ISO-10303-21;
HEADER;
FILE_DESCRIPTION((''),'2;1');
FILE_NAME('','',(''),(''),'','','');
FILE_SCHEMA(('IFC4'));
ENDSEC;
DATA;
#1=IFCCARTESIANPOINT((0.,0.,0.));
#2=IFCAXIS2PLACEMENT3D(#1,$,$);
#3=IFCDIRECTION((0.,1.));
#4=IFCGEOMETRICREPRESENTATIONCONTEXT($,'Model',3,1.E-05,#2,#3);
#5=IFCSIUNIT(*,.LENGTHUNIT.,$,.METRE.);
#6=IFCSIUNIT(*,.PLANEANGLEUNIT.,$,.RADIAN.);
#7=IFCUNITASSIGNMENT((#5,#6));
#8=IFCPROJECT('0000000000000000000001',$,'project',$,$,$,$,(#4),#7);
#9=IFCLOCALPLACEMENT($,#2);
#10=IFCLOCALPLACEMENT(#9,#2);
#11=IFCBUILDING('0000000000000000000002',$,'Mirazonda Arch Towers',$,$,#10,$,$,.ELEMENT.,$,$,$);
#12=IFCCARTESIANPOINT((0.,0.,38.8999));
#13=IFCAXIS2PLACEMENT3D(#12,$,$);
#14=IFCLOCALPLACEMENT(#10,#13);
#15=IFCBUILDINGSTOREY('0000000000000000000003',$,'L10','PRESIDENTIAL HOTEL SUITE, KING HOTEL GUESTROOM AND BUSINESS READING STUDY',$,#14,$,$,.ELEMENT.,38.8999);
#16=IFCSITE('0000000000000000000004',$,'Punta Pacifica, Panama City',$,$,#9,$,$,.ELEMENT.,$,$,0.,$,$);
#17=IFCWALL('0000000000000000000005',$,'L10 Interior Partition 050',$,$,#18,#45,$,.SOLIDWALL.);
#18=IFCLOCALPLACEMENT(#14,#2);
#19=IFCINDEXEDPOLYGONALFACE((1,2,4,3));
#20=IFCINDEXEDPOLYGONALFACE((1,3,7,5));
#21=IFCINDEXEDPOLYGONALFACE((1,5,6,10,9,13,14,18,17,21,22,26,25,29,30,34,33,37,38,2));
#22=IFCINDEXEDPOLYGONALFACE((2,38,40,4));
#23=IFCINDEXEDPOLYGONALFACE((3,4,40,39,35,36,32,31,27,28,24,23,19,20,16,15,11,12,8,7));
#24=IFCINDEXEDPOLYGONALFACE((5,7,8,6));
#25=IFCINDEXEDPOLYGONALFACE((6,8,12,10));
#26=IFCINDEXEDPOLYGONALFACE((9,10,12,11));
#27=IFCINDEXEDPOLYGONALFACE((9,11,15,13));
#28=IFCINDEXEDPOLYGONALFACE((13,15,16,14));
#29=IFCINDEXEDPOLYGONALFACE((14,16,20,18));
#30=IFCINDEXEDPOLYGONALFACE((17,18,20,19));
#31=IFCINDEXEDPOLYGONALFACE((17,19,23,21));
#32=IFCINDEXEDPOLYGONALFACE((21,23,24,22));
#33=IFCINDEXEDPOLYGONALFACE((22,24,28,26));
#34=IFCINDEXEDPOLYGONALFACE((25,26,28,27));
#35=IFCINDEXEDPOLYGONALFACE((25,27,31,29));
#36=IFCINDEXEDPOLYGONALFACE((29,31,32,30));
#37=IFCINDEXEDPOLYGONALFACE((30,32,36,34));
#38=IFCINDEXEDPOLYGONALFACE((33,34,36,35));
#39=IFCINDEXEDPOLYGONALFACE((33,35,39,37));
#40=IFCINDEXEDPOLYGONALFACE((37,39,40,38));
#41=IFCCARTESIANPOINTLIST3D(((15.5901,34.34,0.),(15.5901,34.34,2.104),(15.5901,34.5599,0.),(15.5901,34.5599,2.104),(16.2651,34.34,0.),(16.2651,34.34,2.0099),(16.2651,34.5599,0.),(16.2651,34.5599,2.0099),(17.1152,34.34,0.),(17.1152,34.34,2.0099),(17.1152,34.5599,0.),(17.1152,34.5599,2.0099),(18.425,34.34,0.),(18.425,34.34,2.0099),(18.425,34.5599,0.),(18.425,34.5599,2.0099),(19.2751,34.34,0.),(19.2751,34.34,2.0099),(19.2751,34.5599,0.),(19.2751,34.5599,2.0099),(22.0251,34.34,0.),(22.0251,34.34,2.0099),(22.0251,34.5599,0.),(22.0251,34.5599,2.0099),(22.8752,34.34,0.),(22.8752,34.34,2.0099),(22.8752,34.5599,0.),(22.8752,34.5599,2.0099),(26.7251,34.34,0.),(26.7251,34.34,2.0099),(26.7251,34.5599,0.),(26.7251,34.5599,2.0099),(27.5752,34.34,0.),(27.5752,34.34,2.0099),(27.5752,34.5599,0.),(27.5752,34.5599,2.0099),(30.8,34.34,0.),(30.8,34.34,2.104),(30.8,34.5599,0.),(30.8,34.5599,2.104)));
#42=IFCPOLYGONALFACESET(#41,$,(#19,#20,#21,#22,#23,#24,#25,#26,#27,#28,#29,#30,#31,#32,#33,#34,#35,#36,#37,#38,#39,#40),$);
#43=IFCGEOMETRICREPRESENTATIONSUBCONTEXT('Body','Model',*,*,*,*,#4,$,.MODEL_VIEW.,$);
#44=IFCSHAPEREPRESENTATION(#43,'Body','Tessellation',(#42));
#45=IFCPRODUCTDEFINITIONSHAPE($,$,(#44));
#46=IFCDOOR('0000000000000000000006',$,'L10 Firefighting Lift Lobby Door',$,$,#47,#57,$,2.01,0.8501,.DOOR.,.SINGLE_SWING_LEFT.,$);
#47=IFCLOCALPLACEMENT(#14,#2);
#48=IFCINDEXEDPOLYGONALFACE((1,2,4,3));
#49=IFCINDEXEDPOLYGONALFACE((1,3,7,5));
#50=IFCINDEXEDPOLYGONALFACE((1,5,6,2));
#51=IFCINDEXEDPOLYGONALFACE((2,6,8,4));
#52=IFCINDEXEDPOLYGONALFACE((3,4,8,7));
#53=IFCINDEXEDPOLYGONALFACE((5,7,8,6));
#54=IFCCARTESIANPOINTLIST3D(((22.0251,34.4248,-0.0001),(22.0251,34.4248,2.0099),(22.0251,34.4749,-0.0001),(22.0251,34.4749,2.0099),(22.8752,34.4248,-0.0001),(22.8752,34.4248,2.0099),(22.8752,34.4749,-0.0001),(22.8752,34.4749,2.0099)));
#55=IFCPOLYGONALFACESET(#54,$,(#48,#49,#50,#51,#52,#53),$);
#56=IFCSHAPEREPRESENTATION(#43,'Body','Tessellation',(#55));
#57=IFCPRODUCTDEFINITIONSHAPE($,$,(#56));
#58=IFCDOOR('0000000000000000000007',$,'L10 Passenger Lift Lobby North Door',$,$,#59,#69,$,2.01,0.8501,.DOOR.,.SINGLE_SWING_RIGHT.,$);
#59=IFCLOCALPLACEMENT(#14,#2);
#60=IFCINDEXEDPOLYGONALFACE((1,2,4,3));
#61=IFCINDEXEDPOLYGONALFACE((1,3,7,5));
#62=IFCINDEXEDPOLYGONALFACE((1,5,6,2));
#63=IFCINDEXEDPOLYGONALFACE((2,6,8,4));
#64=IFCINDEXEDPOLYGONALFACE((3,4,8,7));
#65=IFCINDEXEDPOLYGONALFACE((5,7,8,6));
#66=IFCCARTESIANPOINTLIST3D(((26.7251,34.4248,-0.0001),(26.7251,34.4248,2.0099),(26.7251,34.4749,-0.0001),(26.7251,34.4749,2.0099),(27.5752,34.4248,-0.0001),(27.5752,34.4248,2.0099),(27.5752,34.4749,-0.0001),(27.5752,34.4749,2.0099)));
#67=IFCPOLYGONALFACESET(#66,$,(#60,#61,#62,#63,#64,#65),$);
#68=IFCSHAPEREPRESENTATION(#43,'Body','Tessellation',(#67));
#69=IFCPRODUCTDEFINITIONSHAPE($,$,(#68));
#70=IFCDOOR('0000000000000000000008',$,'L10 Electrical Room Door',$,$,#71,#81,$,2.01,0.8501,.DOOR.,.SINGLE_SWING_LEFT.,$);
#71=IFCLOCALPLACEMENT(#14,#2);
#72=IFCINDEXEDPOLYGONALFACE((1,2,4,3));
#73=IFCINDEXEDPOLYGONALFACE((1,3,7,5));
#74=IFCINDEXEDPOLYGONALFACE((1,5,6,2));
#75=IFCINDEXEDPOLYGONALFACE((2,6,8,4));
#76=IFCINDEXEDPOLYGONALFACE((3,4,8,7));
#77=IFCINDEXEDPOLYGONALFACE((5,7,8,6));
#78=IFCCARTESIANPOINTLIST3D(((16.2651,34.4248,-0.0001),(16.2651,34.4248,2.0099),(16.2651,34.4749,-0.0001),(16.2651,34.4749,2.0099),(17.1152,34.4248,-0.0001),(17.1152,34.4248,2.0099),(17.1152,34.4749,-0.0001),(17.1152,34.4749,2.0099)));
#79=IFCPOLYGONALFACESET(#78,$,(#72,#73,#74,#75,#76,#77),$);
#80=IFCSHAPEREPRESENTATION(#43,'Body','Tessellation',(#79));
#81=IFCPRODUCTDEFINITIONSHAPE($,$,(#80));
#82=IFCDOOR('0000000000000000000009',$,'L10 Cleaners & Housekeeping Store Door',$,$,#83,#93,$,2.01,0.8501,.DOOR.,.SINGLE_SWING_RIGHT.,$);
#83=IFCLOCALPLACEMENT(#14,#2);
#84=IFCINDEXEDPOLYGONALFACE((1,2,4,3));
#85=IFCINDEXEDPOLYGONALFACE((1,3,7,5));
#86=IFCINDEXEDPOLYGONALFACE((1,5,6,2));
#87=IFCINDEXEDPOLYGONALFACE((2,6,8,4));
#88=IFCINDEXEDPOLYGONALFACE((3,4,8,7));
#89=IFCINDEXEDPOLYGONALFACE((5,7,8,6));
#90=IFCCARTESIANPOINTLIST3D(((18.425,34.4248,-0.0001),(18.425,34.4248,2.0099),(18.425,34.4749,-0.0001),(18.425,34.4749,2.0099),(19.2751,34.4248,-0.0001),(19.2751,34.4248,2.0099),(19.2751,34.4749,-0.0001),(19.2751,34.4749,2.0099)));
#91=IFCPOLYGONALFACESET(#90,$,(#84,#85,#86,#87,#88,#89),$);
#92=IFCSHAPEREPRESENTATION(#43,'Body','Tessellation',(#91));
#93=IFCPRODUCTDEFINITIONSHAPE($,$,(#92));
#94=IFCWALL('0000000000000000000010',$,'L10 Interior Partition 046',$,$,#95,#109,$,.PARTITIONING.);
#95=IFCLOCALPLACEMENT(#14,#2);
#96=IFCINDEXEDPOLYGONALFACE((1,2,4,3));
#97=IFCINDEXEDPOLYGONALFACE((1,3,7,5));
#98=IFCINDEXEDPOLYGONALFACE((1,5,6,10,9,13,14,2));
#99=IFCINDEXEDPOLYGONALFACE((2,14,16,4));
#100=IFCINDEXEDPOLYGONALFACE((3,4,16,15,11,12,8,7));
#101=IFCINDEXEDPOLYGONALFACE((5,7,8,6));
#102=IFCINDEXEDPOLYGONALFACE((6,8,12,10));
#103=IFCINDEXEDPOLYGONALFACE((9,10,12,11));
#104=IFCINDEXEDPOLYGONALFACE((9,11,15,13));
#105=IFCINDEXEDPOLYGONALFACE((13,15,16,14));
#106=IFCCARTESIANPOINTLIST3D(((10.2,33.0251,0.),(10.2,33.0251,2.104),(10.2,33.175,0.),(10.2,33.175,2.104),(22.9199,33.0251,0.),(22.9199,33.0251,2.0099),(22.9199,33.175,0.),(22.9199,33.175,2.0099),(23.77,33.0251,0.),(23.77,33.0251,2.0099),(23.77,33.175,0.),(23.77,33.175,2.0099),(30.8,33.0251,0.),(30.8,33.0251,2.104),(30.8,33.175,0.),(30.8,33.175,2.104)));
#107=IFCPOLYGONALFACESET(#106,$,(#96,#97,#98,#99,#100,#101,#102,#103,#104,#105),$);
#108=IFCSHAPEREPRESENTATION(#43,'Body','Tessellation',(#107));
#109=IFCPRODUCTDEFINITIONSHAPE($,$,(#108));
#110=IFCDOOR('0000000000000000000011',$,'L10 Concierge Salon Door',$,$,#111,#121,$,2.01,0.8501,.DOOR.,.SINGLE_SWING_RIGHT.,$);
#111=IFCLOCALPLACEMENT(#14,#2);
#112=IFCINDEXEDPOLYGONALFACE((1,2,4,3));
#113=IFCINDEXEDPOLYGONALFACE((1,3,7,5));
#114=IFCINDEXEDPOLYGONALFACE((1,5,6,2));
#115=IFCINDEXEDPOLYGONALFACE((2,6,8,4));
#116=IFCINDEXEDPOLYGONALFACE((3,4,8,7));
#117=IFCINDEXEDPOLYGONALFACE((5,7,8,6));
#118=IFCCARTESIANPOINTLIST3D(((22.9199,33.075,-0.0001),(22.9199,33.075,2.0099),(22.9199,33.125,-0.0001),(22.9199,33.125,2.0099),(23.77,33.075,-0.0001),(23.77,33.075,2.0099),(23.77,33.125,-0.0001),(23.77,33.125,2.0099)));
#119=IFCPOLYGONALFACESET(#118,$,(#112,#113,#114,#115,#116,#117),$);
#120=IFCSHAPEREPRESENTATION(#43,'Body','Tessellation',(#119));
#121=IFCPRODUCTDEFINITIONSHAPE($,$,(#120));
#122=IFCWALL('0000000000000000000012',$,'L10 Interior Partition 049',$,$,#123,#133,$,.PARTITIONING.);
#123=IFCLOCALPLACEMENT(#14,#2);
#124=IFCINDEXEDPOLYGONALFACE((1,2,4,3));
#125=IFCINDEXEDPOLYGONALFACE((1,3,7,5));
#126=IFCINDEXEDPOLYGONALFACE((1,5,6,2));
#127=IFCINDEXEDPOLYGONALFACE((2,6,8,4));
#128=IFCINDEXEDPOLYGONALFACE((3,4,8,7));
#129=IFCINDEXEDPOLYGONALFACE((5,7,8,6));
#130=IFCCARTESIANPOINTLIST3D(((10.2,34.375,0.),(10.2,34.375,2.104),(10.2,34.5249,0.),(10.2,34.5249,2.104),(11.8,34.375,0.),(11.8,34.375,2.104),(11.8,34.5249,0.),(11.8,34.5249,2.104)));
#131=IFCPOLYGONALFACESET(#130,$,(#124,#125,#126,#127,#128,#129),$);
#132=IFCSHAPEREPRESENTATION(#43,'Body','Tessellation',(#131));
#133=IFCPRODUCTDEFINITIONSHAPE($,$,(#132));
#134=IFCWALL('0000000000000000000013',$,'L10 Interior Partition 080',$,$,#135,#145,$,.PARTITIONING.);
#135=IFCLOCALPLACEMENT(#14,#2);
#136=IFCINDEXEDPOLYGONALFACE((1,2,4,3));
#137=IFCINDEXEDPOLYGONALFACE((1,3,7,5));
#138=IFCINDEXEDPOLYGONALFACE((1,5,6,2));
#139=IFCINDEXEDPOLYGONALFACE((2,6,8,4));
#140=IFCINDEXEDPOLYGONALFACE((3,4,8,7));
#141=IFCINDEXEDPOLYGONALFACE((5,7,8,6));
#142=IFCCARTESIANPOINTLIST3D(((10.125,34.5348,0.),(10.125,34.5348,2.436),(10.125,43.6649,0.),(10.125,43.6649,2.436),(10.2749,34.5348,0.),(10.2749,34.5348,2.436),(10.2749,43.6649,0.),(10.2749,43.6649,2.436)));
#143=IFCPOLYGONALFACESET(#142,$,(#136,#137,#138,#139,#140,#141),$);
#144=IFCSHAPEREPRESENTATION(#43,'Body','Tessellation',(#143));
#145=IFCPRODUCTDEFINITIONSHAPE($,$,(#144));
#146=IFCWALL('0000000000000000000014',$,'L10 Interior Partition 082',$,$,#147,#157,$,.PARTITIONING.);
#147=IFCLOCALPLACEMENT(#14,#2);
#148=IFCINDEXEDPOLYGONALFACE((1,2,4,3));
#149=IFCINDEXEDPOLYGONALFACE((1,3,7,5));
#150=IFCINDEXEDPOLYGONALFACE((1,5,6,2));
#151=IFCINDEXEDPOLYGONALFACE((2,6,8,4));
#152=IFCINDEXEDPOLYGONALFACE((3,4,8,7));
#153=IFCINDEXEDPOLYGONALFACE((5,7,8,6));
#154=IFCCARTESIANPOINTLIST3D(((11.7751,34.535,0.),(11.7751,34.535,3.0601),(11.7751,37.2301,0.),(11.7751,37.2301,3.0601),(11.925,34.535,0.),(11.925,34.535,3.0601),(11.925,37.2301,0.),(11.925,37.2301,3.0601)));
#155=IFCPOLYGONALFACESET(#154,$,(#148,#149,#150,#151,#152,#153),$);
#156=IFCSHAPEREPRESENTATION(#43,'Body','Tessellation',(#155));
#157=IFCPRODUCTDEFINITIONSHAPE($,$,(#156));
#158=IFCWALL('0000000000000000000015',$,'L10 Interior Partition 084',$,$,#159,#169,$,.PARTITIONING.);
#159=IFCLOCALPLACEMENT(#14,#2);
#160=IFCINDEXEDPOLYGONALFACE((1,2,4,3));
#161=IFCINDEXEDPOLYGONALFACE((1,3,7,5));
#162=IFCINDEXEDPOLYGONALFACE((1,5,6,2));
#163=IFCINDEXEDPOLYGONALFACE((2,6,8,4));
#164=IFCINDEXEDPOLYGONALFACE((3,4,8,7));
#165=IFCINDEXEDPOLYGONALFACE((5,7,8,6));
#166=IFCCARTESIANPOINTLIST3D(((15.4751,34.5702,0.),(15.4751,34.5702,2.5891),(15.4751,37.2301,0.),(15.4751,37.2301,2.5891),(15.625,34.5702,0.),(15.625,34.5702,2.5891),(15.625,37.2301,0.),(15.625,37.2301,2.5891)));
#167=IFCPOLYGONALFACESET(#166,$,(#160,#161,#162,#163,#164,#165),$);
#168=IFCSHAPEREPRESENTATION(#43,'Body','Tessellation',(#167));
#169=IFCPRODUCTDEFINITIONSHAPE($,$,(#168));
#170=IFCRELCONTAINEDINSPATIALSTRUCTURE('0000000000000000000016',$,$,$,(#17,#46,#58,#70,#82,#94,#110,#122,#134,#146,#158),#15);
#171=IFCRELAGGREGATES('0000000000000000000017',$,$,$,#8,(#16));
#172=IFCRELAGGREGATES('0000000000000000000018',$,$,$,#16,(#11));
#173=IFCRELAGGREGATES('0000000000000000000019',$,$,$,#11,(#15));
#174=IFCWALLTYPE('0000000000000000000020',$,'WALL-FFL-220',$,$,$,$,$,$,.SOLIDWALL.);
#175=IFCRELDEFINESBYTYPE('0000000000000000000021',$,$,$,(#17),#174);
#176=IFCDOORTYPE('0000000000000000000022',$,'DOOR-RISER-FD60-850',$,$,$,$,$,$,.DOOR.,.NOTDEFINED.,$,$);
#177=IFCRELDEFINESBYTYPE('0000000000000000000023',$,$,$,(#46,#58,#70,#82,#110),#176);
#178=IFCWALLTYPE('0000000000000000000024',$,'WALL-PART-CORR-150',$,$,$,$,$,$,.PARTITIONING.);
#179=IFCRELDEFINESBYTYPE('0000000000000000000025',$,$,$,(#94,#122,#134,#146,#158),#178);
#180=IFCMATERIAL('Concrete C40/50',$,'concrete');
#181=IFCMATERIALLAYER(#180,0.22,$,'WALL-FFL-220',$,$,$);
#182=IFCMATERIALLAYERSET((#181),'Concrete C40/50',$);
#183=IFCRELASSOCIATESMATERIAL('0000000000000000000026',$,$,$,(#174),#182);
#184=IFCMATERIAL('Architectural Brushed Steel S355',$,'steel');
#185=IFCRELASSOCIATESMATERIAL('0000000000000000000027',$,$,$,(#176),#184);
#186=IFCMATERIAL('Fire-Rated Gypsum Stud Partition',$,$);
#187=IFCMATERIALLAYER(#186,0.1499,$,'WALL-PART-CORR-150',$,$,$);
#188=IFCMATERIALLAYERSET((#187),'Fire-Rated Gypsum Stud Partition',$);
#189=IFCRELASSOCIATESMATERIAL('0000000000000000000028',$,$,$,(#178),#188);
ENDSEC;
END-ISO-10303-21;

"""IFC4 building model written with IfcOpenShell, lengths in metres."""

from ifc_helpers import new_model, si_unit, direction, frame, frame_2d, origin, place, context, subcontext, project, spatial, rectangle, extrude, material, layer, layer_set, type_object, element, fill, save


model = new_model("IFC4")

# Units and contexts
model_context = context("Model", 3, precision=1e-05, world=origin(), true_north=direction((0.0, 1.0)))
body_context = subcontext(model_context, "Body", "Model", "MODEL_VIEW")
ifc_project = project(units=[si_unit("LENGTHUNIT", "METRE"), si_unit("PLANEANGLEUNIT", "RADIAN")], contexts=[model_context])

# Site, building, storey
site_placement = place(None, origin())
site = spatial("IfcSite", under=ifc_project, at=site_placement, Name="Punta Pacifica, Panama City", CompositionType="ELEMENT", RefElevation=0.0)
building_placement = place(site_placement, origin())
building = spatial("IfcBuilding", under=site, at=building_placement, Name="Mirazonda Arch Towers", CompositionType="ELEMENT")
storey_placement = place(building_placement, frame((0.0, 0.0, 38.8999)))
storey = spatial("IfcBuildingStorey", under=building, at=storey_placement, Name="L10", Description="PRESIDENTIAL HOTEL SUITE, KING HOTEL GUESTROOM AND BUSINESS READING STUDY", CompositionType="ELEMENT", Elevation=38.8999)

# Wall, openings, doors
ifc_material_1 = material(Name="Architectural Brushed Steel S355", Category="steel")
ifc_material_2 = material(Name="Concrete C40/50", Category="concrete")
ifc_layer_1 = layer(ifc_material_2, 0.22, Name="WALL-FFL-220")
ifc_layer_set_1 = layer_set([ifc_layer_1], Name="Concrete C40/50")
wall_type_1 = type_object("IfcWallType", Name="WALL-FFL-220", PredefinedType="SOLIDWALL", material=ifc_layer_set_1)
wall_1_placement = place(storey_placement, frame((15.5901, 34.45, 0.0), z_axis=(0.0, 0.0, 1.0), x_axis=(1.0, 0.0, 0.0)))
wall_1 = element("IfcWall", 1, at=wall_1_placement, inside=storey, type_object=wall_type_1, Name="L10 Interior Partition 050", PredefinedType="SOLIDWALL", context=body_context, shape_type="SweptSolid", body=[
    extrude(rectangle(XDim=15.21, YDim=0.22, at=frame_2d((7.605, 0.0))), origin(), (0.0, 0.0, 1.0), 2.104),
])
opening_1_placement = place(wall_1_placement, frame((6.4351, 0.0, 0.0)))
opening_1 = element("IfcOpeningElement", 2, at=opening_1_placement, cuts=wall_1, PredefinedType="OPENING", context=body_context, shape_type="SweptSolid", body=[
    extrude(rectangle(XDim=0.8501, YDim=2.01, at=frame_2d((0.425, 1.0049))), frame((0.0, 0.1199, 0.0), z_axis=(0.0, -1.0, 0.0), x_axis=(1.0, 0.0, 0.0)), (0.0, 0.0, 1.0), 0.24),
])
opening_2_placement = place(wall_1_placement, frame((11.135, 0.0, 0.0)))
opening_2 = element("IfcOpeningElement", 3, at=opening_2_placement, cuts=wall_1, PredefinedType="OPENING", context=body_context, shape_type="SweptSolid", body=[
    extrude(rectangle(XDim=0.8501, YDim=2.01, at=frame_2d((0.425, 1.0049))), frame((0.0, 0.1199, 0.0), z_axis=(0.0, -1.0, 0.0), x_axis=(1.0, 0.0, 0.0)), (0.0, 0.0, 1.0), 0.24),
])
opening_3_placement = place(wall_1_placement, frame((0.675, 0.0, 0.0)))
opening_3 = element("IfcOpeningElement", 4, at=opening_3_placement, cuts=wall_1, PredefinedType="OPENING", context=body_context, shape_type="SweptSolid", body=[
    extrude(rectangle(XDim=0.8501, YDim=2.01, at=frame_2d((0.425, 1.0049))), frame((0.0, 0.1199, 0.0), z_axis=(0.0, -1.0, 0.0), x_axis=(1.0, 0.0, 0.0)), (0.0, 0.0, 1.0), 0.24),
])
opening_4_placement = place(wall_1_placement, frame((2.835, 0.0, 0.0)))
opening_4 = element("IfcOpeningElement", 5, at=opening_4_placement, cuts=wall_1, PredefinedType="OPENING", context=body_context, shape_type="SweptSolid", body=[
    extrude(rectangle(XDim=0.8501, YDim=2.01, at=frame_2d((0.425, 1.0049))), frame((0.0, 0.1199, 0.0), z_axis=(0.0, -1.0, 0.0), x_axis=(1.0, 0.0, 0.0)), (0.0, 0.0, 1.0), 0.24),
])
door_type_1 = type_object("IfcDoorType", Name="DOOR-RISER-FD60-850", OperationType="NOTDEFINED", PredefinedType="DOOR", material=ifc_material_1)
door_1_placement = place(opening_1_placement, origin())
door_1 = element("IfcDoor", 6, at=door_1_placement, inside=storey, type_object=door_type_1, Name="L10 Firefighting Lift Lobby Door", OperationType="SINGLE_SWING_LEFT", OverallHeight=2.01, OverallWidth=0.8501, PredefinedType="DOOR", context=body_context, shape_type="SweptSolid", body=[
    extrude(rectangle(XDim=0.8501, YDim=2.01, at=frame_2d((0.425, 1.0049))), frame((0.0, 0.0249, 0.0), z_axis=(0.0, -1.0, 0.0), x_axis=(1.0, 0.0, 0.0)), (0.0, 0.0, 1.0), 0.05),
])
fill(opening_1, door_1)
door_2_placement = place(opening_2_placement, origin())
door_2 = element("IfcDoor", 7, at=door_2_placement, inside=storey, type_object=door_type_1, Name="L10 Passenger Lift Lobby North Door", OperationType="SINGLE_SWING_RIGHT", OverallHeight=2.01, OverallWidth=0.8501, PredefinedType="DOOR", context=body_context, shape_type="SweptSolid", body=[
    extrude(rectangle(XDim=0.8501, YDim=2.01, at=frame_2d((0.425, 1.0049))), frame((0.0, 0.0249, 0.0), z_axis=(0.0, -1.0, 0.0), x_axis=(1.0, 0.0, 0.0)), (0.0, 0.0, 1.0), 0.05),
])
fill(opening_2, door_2)
door_3_placement = place(opening_3_placement, origin())
door_3 = element("IfcDoor", 8, at=door_3_placement, inside=storey, type_object=door_type_1, Name="L10 Electrical Room Door", OperationType="SINGLE_SWING_LEFT", OverallHeight=2.01, OverallWidth=0.8501, PredefinedType="DOOR", context=body_context, shape_type="SweptSolid", body=[
    extrude(rectangle(XDim=0.8501, YDim=2.01, at=frame_2d((0.425, 1.0049))), frame((0.0, 0.0249, 0.0), z_axis=(0.0, -1.0, 0.0), x_axis=(1.0, 0.0, 0.0)), (0.0, 0.0, 1.0), 0.05),
])
fill(opening_3, door_3)
door_4_placement = place(opening_4_placement, origin())
door_4 = element("IfcDoor", 9, at=door_4_placement, inside=storey, type_object=door_type_1, Name="L10 Cleaners & Housekeeping Store Door", OperationType="SINGLE_SWING_RIGHT", OverallHeight=2.01, OverallWidth=0.8501, PredefinedType="DOOR", context=body_context, shape_type="SweptSolid", body=[
    extrude(rectangle(XDim=0.8501, YDim=2.01, at=frame_2d((0.425, 1.0049))), frame((0.0, 0.0249, 0.0), z_axis=(0.0, -1.0, 0.0), x_axis=(1.0, 0.0, 0.0)), (0.0, 0.0, 1.0), 0.05),
])
fill(opening_4, door_4)

# Wall, opening, door
ifc_material_3 = material(Name="Fire-Rated Gypsum Stud Partition")
ifc_layer_2 = layer(ifc_material_3, 0.1499, Name="WALL-PART-CORR-150")
ifc_layer_set_2 = layer_set([ifc_layer_2], Name="Fire-Rated Gypsum Stud Partition")
wall_type_2 = type_object("IfcWallType", Name="WALL-PART-CORR-150", PredefinedType="PARTITIONING", material=ifc_layer_set_2)
wall_2_placement = place(storey_placement, frame((10.2, 33.1001, 0.0), z_axis=(0.0, 0.0, 1.0), x_axis=(1.0, 0.0, 0.0)))
wall_2 = element("IfcWall", 10, at=wall_2_placement, inside=storey, type_object=wall_type_2, Name="L10 Interior Partition 046", PredefinedType="PARTITIONING", context=body_context, shape_type="SweptSolid", body=[
    extrude(rectangle(XDim=20.6001, YDim=0.1499, at=frame_2d((10.3, 0.0))), origin(), (0.0, 0.0, 1.0), 2.104),
])
opening_5_placement = place(wall_2_placement, frame((12.72, 0.0, 0.0)))
opening_5 = element("IfcOpeningElement", 11, at=opening_5_placement, cuts=wall_2, PredefinedType="OPENING", context=body_context, shape_type="SweptSolid", body=[
    extrude(rectangle(XDim=0.8501, YDim=2.01, at=frame_2d((0.425, 1.0049))), frame((0.0, 0.085, 0.0), z_axis=(0.0, -1.0, 0.0), x_axis=(1.0, 0.0, 0.0)), (0.0, 0.0, 1.0), 0.1699),
])
door_5_placement = place(opening_5_placement, origin())
door_5 = element("IfcDoor", 12, at=door_5_placement, inside=storey, type_object=door_type_1, Name="L10 Concierge Salon Door", OperationType="SINGLE_SWING_RIGHT", OverallHeight=2.01, OverallWidth=0.8501, PredefinedType="DOOR", context=body_context, shape_type="SweptSolid", body=[
    extrude(rectangle(XDim=0.8501, YDim=2.01, at=frame_2d((0.425, 1.0049))), frame((0.0, 0.0249, 0.0), z_axis=(0.0, -1.0, 0.0), x_axis=(1.0, 0.0, 0.0)), (0.0, 0.0, 1.0), 0.05),
])
fill(opening_5, door_5)

# Walls
wall_3_placement = place(storey_placement, frame((10.2, 34.45, 0.0), z_axis=(0.0, 0.0, 1.0), x_axis=(1.0, 0.0, 0.0)))
element("IfcWall", 13, at=wall_3_placement, inside=storey, type_object=wall_type_2, Name="L10 Interior Partition 049", PredefinedType="PARTITIONING", context=body_context, shape_type="SweptSolid", body=[
    extrude(rectangle(XDim=1.6001, YDim=0.1499, at=frame_2d((0.8, 0.0))), origin(), (0.0, 0.0, 1.0), 2.104),
])
wall_4_placement = place(storey_placement, frame((10.2, 34.5349, 0.0), z_axis=(0.0, 0.0, 1.0), x_axis=(0.0, 1.0, 0.0)))
element("IfcWall", 14, at=wall_4_placement, inside=storey, type_object=wall_type_2, Name="L10 Interior Partition 080", PredefinedType="PARTITIONING", context=body_context, shape_type="SweptSolid", body=[
    extrude(rectangle(XDim=9.1301, YDim=0.1499, at=frame_2d((4.5649, 0.0))), origin(), (0.0, 0.0, 1.0), 2.436),
])
wall_5_placement = place(storey_placement, frame((11.8501, 34.5349, 0.0), z_axis=(0.0, 0.0, 1.0), x_axis=(0.0, 1.0, 0.0)))
element("IfcWall", 15, at=wall_5_placement, inside=storey, type_object=wall_type_2, Name="L10 Interior Partition 082", PredefinedType="PARTITIONING", context=body_context, shape_type="SweptSolid", body=[
    extrude(rectangle(XDim=2.6951, YDim=0.1499, at=frame_2d((1.3477, 0.0))), origin(), (0.0, 0.0, 1.0), 3.0601),
])
wall_6_placement = place(storey_placement, frame((15.55, 34.5701, 0.0), z_axis=(0.0, 0.0, 1.0), x_axis=(0.0, 1.0, 0.0)))
element("IfcWall", 16, at=wall_6_placement, inside=storey, type_object=wall_type_2, Name="L10 Interior Partition 084", PredefinedType="PARTITIONING", context=body_context, shape_type="SweptSolid", body=[
    extrude(rectangle(XDim=2.6599, YDim=0.1499, at=frame_2d((1.3301, 0.0))), origin(), (0.0, 0.0, 1.0), 2.5891),
])

save(model, "model.ifc")
